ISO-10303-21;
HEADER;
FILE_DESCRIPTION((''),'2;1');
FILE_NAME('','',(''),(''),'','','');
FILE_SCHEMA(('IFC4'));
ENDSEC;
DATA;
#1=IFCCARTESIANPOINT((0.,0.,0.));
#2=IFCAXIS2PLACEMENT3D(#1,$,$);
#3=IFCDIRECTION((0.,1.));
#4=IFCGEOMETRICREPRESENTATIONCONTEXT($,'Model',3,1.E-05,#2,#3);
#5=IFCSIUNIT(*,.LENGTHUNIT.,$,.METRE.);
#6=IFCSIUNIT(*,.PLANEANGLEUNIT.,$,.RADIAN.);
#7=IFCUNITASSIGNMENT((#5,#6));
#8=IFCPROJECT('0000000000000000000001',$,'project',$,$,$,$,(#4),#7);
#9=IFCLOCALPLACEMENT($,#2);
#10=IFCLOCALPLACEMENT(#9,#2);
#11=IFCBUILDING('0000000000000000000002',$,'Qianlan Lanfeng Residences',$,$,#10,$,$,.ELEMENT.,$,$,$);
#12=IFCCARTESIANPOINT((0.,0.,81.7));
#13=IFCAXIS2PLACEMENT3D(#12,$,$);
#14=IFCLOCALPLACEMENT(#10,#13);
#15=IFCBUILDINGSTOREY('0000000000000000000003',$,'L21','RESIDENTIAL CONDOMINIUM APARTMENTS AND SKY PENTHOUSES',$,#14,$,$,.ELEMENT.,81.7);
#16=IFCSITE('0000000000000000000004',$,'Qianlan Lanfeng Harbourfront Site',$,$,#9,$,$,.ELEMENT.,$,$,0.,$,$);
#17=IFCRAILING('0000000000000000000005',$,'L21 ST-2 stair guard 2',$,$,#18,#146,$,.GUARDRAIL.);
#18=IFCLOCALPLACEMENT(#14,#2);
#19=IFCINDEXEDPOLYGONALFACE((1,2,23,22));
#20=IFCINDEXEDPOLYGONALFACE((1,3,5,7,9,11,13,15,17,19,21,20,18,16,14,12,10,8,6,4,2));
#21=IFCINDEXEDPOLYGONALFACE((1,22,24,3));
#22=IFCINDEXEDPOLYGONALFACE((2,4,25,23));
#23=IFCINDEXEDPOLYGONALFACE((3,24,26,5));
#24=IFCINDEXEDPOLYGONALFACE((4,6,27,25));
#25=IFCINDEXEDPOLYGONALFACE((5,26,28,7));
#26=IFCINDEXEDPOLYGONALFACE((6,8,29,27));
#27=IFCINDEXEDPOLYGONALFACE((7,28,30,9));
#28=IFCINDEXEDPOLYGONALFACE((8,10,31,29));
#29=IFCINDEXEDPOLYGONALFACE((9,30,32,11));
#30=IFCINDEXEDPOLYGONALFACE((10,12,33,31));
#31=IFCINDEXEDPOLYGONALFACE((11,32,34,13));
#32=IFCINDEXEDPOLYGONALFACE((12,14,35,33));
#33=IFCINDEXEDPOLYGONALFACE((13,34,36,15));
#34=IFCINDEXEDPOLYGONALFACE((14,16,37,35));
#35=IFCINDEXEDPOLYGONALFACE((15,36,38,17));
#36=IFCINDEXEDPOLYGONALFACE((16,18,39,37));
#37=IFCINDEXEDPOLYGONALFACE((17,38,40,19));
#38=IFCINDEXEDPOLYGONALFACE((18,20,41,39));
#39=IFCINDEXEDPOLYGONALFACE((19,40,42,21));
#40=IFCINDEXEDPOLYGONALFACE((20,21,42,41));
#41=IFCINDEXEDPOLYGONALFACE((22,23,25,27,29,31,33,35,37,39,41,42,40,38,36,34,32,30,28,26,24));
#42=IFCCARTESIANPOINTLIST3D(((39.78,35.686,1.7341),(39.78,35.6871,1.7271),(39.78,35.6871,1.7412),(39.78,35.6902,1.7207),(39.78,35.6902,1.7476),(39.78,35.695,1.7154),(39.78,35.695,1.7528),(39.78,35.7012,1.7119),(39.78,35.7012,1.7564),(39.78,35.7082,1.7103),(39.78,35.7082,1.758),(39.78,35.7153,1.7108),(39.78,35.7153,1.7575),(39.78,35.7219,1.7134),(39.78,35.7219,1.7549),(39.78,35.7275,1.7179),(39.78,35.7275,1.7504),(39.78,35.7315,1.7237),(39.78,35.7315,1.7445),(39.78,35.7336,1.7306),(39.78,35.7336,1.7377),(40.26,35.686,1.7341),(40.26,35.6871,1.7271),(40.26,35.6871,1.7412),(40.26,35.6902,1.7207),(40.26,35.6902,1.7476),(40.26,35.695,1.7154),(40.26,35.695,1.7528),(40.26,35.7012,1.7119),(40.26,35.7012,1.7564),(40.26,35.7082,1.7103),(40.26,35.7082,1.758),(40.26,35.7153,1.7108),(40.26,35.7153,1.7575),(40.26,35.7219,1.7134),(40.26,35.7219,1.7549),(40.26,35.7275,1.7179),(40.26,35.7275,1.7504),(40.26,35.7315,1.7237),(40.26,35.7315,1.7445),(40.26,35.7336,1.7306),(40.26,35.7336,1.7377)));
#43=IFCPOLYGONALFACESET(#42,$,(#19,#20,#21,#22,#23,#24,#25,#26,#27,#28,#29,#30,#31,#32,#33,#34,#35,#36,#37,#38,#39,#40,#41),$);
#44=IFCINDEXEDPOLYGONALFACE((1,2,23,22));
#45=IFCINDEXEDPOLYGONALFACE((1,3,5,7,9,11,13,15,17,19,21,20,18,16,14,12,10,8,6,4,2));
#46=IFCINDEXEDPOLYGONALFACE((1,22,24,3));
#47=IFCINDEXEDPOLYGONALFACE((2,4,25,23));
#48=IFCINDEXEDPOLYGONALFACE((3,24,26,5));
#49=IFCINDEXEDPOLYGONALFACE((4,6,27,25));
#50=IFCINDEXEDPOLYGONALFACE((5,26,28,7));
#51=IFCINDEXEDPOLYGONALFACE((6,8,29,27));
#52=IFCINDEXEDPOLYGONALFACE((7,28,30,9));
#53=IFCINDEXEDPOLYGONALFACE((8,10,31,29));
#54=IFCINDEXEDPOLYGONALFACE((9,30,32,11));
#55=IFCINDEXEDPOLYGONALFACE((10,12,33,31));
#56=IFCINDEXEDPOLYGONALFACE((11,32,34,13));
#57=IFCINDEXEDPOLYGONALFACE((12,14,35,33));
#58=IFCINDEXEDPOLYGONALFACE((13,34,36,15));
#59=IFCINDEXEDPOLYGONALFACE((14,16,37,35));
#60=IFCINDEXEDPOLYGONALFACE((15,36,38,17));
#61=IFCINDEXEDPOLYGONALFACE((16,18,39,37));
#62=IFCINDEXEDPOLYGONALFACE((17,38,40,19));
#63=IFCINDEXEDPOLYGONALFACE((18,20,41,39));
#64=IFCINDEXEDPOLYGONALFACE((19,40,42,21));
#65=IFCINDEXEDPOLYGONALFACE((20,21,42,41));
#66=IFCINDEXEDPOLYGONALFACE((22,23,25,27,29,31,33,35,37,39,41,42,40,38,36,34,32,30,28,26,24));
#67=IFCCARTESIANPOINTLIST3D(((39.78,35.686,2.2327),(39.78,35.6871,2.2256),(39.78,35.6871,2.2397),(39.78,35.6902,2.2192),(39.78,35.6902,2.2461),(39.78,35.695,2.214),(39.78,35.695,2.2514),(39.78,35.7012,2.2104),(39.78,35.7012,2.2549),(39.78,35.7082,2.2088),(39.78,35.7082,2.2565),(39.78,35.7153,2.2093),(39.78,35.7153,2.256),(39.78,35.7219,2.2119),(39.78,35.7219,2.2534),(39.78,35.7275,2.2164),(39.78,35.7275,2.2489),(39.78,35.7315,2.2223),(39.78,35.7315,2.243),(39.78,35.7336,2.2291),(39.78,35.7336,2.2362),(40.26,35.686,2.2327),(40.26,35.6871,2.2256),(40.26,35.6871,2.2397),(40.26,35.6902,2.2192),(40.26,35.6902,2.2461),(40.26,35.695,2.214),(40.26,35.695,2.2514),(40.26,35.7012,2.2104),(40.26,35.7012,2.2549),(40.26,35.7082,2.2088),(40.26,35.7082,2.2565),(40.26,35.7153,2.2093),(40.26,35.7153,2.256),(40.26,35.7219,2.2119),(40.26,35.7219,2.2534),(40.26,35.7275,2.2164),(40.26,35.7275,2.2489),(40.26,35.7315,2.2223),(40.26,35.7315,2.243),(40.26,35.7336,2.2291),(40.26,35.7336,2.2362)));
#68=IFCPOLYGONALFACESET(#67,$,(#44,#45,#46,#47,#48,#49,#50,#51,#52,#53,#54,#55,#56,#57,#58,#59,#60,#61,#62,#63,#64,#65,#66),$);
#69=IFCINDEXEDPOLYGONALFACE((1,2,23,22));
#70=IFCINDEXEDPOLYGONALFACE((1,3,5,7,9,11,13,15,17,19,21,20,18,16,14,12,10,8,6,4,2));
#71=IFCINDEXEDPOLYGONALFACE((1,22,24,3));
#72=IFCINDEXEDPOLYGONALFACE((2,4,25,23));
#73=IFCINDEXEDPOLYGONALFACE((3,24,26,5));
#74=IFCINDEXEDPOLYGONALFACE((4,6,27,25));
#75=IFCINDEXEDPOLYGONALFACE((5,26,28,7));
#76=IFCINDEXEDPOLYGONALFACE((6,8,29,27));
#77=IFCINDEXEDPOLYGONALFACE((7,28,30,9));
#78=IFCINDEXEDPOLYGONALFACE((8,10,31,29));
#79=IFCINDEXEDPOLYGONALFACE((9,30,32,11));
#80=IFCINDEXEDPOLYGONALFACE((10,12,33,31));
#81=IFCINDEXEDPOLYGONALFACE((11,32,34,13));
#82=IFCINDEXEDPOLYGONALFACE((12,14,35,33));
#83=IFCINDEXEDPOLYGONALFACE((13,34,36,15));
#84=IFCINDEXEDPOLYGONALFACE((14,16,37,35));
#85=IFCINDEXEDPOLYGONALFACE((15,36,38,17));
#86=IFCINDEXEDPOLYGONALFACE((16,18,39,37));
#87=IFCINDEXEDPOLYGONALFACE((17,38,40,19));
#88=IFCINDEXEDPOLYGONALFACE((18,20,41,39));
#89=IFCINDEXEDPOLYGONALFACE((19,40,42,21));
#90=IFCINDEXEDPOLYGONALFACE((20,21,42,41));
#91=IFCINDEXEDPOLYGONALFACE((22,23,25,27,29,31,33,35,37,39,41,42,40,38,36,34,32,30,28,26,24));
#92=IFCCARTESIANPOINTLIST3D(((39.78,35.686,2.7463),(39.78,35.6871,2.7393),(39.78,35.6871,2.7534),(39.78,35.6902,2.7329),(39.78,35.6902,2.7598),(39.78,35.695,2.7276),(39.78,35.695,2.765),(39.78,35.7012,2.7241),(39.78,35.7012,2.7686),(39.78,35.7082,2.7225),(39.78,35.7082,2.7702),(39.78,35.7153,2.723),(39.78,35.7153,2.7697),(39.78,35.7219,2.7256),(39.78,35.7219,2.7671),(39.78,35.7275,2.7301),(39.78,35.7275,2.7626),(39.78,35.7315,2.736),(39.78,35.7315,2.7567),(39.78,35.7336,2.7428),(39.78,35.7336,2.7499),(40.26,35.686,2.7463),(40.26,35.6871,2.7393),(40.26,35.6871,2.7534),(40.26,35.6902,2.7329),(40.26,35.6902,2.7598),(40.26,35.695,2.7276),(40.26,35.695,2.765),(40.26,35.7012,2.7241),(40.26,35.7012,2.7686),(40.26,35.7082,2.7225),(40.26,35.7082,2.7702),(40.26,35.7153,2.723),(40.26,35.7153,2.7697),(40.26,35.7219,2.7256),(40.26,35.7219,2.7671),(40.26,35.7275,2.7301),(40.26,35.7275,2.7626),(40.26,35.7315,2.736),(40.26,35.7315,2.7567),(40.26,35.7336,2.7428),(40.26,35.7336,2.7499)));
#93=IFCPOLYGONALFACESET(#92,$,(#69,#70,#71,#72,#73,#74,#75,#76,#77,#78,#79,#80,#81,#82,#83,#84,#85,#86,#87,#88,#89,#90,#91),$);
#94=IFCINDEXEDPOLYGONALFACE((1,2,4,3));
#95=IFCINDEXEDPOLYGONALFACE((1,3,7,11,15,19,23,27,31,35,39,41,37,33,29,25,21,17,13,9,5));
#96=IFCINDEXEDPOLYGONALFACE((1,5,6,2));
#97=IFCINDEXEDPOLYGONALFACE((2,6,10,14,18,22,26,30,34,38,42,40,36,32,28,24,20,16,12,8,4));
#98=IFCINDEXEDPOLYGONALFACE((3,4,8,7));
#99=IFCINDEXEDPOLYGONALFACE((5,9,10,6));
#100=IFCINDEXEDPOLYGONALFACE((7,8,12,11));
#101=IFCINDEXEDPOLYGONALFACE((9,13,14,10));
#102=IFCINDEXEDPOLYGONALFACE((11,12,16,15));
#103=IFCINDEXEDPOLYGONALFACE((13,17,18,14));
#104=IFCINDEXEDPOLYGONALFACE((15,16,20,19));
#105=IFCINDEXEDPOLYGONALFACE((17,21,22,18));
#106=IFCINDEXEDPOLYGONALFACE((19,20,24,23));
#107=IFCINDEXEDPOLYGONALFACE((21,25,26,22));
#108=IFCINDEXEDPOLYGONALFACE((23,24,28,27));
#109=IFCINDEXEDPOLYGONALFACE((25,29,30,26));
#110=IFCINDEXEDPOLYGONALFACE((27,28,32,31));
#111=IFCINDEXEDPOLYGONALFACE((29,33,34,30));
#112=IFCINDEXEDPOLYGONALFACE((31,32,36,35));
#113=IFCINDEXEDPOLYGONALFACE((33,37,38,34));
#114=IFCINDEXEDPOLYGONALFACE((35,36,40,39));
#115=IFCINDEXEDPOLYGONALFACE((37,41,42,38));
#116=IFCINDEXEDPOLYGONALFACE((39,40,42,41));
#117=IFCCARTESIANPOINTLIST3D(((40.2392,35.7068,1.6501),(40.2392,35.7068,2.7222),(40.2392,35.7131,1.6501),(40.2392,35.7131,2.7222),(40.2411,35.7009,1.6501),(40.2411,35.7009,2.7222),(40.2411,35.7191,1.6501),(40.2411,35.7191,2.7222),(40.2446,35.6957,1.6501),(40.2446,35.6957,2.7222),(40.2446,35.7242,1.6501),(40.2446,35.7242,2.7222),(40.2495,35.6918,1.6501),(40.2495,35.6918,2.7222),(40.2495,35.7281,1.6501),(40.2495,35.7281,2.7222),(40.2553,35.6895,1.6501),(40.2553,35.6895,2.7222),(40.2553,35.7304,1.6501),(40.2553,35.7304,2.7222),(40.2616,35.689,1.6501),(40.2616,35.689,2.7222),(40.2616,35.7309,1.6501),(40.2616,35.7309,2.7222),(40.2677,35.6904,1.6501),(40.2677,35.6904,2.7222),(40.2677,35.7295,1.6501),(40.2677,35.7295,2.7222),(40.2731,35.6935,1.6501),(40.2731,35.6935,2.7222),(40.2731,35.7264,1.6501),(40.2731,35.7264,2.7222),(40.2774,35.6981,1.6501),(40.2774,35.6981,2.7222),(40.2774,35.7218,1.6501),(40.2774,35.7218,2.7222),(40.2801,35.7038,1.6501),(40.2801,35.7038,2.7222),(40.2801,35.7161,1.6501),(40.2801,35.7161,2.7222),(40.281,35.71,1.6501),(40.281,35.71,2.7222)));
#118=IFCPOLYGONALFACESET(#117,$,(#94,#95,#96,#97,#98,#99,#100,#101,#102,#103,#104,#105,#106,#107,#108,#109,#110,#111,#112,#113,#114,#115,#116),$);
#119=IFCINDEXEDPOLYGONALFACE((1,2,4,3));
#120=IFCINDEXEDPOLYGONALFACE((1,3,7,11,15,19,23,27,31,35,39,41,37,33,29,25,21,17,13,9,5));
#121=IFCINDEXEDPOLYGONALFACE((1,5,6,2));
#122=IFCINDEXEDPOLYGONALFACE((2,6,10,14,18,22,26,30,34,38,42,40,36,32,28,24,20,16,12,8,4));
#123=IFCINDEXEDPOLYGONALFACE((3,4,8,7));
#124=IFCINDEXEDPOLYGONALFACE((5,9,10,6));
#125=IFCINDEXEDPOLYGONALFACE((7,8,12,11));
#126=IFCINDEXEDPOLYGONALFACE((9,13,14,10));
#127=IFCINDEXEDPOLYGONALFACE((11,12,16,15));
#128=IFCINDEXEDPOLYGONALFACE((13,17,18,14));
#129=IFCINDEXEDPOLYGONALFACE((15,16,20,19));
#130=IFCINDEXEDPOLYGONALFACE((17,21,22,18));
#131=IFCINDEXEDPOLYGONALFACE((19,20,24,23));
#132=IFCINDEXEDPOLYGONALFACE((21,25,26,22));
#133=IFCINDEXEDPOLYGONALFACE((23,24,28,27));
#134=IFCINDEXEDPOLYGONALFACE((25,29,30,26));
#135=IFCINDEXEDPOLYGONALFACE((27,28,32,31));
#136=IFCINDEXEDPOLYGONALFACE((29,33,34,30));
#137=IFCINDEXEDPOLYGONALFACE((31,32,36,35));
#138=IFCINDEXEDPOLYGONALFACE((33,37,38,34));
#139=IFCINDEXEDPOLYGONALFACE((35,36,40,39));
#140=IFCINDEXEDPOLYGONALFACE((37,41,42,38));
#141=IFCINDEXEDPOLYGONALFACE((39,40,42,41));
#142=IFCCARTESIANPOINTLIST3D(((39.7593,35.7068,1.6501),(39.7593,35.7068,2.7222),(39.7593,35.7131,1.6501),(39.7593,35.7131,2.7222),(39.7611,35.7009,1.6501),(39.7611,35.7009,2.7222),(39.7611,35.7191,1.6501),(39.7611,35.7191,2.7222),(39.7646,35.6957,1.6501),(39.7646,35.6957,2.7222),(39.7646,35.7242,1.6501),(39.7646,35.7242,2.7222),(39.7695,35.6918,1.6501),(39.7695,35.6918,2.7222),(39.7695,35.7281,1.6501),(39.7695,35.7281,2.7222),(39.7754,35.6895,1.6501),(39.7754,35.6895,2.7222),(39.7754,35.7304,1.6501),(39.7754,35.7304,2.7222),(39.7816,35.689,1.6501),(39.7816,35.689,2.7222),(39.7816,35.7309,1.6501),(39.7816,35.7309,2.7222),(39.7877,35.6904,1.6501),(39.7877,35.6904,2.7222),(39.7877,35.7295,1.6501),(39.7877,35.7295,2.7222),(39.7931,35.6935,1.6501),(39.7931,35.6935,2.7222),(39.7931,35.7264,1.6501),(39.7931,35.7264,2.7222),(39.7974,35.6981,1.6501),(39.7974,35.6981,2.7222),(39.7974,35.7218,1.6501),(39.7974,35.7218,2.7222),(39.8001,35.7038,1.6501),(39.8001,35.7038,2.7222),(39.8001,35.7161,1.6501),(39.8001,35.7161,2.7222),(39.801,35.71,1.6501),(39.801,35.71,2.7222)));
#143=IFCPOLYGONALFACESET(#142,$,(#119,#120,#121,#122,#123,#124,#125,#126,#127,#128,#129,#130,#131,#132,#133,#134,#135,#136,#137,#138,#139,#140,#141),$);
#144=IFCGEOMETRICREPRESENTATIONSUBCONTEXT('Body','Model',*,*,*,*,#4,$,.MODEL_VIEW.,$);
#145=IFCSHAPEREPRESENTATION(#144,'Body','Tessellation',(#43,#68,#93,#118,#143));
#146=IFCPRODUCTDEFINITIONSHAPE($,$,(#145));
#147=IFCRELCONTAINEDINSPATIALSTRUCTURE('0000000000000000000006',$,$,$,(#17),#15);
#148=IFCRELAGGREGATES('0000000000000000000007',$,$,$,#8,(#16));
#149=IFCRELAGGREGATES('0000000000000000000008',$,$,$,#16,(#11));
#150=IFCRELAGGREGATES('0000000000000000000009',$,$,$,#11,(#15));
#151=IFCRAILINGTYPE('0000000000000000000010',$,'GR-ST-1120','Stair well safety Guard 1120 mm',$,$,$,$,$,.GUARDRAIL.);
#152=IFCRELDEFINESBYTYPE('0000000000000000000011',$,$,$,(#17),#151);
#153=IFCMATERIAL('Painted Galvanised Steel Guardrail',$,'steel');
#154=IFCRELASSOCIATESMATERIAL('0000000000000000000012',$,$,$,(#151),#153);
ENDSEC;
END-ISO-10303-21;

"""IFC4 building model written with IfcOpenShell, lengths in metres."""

from ifc_helpers import new_model, si_unit, direction, frame, origin, origin_2d, place, context, subcontext, project, spatial, circle, extrude, material, type_object, element, save


model = new_model("IFC4")

# Units and contexts
model_context = context("Model", 3, precision=1e-05, world=origin(), true_north=direction((0.0, 1.0)))
body_context = subcontext(model_context, "Body", "Model", "MODEL_VIEW")
ifc_project = project(units=[si_unit("LENGTHUNIT", "METRE"), si_unit("PLANEANGLEUNIT", "RADIAN")], contexts=[model_context])

# Site, building, storey
site_placement = place(None, origin())
site = spatial("IfcSite", under=ifc_project, at=site_placement, Name="Qianlan Lanfeng Harbourfront Site", CompositionType="ELEMENT", RefElevation=0.0)
building_placement = place(site_placement, origin())
building = spatial("IfcBuilding", under=site, at=building_placement, Name="Qianlan Lanfeng Residences", CompositionType="ELEMENT")
storey_placement = place(building_placement, frame((0.0, 0.0, 81.7)))
storey = spatial("IfcBuildingStorey", under=building, at=storey_placement, Name="L21", Description="RESIDENTIAL CONDOMINIUM APARTMENTS AND SKY PENTHOUSES", CompositionType="ELEMENT", Elevation=81.7)

# Railing
ifc_material_1 = material(Name="Painted Galvanised Steel Guardrail", Category="steel")
railing_type_1 = type_object("IfcRailingType", Name="GR-ST-1120", Description="Stair well safety Guard 1120 mm", PredefinedType="GUARDRAIL", material=ifc_material_1)
railing_1_placement = place(storey_placement, frame((40.26, 35.71, 1.6501)))
element("IfcRailing", 1, at=railing_1_placement, inside=storey, type_object=railing_type_1, Name="L21 ST-2 stair guard 2", PredefinedType="GUARDRAIL", context=body_context, shape_type="SweptSolid", body=[
    extrude(circle(Radius=0.0239, at=origin_2d()), frame((0.0, 0.0, 0.084), z_axis=(-1.0, 0.0, 0.0), x_axis=(0.0, -1.0, 0.0)), (0.0, 0.0, 1.0), 0.48),
    extrude(circle(Radius=0.0239, at=origin_2d()), frame((0.0, 0.0, 0.5825), z_axis=(-1.0, 0.0, 0.0), x_axis=(0.0, -1.0, 0.0)), (0.0, 0.0, 1.0), 0.48),
    extrude(circle(Radius=0.0239, at=origin_2d()), frame((0.0, 0.0, 1.0962), z_axis=(-1.0, 0.0, 0.0), x_axis=(0.0, -1.0, 0.0)), (0.0, 0.0, 1.0), 0.48),
    extrude(circle(Radius=0.021, at=origin_2d()), origin(), (0.0, 0.0, 1.0), 1.072),
    extrude(circle(Radius=0.021, at=origin_2d()), frame((-0.48, 0.0, 0.0)), (0.0, 0.0, 1.0), 1.072),
])

save(model, "model.ifc")
